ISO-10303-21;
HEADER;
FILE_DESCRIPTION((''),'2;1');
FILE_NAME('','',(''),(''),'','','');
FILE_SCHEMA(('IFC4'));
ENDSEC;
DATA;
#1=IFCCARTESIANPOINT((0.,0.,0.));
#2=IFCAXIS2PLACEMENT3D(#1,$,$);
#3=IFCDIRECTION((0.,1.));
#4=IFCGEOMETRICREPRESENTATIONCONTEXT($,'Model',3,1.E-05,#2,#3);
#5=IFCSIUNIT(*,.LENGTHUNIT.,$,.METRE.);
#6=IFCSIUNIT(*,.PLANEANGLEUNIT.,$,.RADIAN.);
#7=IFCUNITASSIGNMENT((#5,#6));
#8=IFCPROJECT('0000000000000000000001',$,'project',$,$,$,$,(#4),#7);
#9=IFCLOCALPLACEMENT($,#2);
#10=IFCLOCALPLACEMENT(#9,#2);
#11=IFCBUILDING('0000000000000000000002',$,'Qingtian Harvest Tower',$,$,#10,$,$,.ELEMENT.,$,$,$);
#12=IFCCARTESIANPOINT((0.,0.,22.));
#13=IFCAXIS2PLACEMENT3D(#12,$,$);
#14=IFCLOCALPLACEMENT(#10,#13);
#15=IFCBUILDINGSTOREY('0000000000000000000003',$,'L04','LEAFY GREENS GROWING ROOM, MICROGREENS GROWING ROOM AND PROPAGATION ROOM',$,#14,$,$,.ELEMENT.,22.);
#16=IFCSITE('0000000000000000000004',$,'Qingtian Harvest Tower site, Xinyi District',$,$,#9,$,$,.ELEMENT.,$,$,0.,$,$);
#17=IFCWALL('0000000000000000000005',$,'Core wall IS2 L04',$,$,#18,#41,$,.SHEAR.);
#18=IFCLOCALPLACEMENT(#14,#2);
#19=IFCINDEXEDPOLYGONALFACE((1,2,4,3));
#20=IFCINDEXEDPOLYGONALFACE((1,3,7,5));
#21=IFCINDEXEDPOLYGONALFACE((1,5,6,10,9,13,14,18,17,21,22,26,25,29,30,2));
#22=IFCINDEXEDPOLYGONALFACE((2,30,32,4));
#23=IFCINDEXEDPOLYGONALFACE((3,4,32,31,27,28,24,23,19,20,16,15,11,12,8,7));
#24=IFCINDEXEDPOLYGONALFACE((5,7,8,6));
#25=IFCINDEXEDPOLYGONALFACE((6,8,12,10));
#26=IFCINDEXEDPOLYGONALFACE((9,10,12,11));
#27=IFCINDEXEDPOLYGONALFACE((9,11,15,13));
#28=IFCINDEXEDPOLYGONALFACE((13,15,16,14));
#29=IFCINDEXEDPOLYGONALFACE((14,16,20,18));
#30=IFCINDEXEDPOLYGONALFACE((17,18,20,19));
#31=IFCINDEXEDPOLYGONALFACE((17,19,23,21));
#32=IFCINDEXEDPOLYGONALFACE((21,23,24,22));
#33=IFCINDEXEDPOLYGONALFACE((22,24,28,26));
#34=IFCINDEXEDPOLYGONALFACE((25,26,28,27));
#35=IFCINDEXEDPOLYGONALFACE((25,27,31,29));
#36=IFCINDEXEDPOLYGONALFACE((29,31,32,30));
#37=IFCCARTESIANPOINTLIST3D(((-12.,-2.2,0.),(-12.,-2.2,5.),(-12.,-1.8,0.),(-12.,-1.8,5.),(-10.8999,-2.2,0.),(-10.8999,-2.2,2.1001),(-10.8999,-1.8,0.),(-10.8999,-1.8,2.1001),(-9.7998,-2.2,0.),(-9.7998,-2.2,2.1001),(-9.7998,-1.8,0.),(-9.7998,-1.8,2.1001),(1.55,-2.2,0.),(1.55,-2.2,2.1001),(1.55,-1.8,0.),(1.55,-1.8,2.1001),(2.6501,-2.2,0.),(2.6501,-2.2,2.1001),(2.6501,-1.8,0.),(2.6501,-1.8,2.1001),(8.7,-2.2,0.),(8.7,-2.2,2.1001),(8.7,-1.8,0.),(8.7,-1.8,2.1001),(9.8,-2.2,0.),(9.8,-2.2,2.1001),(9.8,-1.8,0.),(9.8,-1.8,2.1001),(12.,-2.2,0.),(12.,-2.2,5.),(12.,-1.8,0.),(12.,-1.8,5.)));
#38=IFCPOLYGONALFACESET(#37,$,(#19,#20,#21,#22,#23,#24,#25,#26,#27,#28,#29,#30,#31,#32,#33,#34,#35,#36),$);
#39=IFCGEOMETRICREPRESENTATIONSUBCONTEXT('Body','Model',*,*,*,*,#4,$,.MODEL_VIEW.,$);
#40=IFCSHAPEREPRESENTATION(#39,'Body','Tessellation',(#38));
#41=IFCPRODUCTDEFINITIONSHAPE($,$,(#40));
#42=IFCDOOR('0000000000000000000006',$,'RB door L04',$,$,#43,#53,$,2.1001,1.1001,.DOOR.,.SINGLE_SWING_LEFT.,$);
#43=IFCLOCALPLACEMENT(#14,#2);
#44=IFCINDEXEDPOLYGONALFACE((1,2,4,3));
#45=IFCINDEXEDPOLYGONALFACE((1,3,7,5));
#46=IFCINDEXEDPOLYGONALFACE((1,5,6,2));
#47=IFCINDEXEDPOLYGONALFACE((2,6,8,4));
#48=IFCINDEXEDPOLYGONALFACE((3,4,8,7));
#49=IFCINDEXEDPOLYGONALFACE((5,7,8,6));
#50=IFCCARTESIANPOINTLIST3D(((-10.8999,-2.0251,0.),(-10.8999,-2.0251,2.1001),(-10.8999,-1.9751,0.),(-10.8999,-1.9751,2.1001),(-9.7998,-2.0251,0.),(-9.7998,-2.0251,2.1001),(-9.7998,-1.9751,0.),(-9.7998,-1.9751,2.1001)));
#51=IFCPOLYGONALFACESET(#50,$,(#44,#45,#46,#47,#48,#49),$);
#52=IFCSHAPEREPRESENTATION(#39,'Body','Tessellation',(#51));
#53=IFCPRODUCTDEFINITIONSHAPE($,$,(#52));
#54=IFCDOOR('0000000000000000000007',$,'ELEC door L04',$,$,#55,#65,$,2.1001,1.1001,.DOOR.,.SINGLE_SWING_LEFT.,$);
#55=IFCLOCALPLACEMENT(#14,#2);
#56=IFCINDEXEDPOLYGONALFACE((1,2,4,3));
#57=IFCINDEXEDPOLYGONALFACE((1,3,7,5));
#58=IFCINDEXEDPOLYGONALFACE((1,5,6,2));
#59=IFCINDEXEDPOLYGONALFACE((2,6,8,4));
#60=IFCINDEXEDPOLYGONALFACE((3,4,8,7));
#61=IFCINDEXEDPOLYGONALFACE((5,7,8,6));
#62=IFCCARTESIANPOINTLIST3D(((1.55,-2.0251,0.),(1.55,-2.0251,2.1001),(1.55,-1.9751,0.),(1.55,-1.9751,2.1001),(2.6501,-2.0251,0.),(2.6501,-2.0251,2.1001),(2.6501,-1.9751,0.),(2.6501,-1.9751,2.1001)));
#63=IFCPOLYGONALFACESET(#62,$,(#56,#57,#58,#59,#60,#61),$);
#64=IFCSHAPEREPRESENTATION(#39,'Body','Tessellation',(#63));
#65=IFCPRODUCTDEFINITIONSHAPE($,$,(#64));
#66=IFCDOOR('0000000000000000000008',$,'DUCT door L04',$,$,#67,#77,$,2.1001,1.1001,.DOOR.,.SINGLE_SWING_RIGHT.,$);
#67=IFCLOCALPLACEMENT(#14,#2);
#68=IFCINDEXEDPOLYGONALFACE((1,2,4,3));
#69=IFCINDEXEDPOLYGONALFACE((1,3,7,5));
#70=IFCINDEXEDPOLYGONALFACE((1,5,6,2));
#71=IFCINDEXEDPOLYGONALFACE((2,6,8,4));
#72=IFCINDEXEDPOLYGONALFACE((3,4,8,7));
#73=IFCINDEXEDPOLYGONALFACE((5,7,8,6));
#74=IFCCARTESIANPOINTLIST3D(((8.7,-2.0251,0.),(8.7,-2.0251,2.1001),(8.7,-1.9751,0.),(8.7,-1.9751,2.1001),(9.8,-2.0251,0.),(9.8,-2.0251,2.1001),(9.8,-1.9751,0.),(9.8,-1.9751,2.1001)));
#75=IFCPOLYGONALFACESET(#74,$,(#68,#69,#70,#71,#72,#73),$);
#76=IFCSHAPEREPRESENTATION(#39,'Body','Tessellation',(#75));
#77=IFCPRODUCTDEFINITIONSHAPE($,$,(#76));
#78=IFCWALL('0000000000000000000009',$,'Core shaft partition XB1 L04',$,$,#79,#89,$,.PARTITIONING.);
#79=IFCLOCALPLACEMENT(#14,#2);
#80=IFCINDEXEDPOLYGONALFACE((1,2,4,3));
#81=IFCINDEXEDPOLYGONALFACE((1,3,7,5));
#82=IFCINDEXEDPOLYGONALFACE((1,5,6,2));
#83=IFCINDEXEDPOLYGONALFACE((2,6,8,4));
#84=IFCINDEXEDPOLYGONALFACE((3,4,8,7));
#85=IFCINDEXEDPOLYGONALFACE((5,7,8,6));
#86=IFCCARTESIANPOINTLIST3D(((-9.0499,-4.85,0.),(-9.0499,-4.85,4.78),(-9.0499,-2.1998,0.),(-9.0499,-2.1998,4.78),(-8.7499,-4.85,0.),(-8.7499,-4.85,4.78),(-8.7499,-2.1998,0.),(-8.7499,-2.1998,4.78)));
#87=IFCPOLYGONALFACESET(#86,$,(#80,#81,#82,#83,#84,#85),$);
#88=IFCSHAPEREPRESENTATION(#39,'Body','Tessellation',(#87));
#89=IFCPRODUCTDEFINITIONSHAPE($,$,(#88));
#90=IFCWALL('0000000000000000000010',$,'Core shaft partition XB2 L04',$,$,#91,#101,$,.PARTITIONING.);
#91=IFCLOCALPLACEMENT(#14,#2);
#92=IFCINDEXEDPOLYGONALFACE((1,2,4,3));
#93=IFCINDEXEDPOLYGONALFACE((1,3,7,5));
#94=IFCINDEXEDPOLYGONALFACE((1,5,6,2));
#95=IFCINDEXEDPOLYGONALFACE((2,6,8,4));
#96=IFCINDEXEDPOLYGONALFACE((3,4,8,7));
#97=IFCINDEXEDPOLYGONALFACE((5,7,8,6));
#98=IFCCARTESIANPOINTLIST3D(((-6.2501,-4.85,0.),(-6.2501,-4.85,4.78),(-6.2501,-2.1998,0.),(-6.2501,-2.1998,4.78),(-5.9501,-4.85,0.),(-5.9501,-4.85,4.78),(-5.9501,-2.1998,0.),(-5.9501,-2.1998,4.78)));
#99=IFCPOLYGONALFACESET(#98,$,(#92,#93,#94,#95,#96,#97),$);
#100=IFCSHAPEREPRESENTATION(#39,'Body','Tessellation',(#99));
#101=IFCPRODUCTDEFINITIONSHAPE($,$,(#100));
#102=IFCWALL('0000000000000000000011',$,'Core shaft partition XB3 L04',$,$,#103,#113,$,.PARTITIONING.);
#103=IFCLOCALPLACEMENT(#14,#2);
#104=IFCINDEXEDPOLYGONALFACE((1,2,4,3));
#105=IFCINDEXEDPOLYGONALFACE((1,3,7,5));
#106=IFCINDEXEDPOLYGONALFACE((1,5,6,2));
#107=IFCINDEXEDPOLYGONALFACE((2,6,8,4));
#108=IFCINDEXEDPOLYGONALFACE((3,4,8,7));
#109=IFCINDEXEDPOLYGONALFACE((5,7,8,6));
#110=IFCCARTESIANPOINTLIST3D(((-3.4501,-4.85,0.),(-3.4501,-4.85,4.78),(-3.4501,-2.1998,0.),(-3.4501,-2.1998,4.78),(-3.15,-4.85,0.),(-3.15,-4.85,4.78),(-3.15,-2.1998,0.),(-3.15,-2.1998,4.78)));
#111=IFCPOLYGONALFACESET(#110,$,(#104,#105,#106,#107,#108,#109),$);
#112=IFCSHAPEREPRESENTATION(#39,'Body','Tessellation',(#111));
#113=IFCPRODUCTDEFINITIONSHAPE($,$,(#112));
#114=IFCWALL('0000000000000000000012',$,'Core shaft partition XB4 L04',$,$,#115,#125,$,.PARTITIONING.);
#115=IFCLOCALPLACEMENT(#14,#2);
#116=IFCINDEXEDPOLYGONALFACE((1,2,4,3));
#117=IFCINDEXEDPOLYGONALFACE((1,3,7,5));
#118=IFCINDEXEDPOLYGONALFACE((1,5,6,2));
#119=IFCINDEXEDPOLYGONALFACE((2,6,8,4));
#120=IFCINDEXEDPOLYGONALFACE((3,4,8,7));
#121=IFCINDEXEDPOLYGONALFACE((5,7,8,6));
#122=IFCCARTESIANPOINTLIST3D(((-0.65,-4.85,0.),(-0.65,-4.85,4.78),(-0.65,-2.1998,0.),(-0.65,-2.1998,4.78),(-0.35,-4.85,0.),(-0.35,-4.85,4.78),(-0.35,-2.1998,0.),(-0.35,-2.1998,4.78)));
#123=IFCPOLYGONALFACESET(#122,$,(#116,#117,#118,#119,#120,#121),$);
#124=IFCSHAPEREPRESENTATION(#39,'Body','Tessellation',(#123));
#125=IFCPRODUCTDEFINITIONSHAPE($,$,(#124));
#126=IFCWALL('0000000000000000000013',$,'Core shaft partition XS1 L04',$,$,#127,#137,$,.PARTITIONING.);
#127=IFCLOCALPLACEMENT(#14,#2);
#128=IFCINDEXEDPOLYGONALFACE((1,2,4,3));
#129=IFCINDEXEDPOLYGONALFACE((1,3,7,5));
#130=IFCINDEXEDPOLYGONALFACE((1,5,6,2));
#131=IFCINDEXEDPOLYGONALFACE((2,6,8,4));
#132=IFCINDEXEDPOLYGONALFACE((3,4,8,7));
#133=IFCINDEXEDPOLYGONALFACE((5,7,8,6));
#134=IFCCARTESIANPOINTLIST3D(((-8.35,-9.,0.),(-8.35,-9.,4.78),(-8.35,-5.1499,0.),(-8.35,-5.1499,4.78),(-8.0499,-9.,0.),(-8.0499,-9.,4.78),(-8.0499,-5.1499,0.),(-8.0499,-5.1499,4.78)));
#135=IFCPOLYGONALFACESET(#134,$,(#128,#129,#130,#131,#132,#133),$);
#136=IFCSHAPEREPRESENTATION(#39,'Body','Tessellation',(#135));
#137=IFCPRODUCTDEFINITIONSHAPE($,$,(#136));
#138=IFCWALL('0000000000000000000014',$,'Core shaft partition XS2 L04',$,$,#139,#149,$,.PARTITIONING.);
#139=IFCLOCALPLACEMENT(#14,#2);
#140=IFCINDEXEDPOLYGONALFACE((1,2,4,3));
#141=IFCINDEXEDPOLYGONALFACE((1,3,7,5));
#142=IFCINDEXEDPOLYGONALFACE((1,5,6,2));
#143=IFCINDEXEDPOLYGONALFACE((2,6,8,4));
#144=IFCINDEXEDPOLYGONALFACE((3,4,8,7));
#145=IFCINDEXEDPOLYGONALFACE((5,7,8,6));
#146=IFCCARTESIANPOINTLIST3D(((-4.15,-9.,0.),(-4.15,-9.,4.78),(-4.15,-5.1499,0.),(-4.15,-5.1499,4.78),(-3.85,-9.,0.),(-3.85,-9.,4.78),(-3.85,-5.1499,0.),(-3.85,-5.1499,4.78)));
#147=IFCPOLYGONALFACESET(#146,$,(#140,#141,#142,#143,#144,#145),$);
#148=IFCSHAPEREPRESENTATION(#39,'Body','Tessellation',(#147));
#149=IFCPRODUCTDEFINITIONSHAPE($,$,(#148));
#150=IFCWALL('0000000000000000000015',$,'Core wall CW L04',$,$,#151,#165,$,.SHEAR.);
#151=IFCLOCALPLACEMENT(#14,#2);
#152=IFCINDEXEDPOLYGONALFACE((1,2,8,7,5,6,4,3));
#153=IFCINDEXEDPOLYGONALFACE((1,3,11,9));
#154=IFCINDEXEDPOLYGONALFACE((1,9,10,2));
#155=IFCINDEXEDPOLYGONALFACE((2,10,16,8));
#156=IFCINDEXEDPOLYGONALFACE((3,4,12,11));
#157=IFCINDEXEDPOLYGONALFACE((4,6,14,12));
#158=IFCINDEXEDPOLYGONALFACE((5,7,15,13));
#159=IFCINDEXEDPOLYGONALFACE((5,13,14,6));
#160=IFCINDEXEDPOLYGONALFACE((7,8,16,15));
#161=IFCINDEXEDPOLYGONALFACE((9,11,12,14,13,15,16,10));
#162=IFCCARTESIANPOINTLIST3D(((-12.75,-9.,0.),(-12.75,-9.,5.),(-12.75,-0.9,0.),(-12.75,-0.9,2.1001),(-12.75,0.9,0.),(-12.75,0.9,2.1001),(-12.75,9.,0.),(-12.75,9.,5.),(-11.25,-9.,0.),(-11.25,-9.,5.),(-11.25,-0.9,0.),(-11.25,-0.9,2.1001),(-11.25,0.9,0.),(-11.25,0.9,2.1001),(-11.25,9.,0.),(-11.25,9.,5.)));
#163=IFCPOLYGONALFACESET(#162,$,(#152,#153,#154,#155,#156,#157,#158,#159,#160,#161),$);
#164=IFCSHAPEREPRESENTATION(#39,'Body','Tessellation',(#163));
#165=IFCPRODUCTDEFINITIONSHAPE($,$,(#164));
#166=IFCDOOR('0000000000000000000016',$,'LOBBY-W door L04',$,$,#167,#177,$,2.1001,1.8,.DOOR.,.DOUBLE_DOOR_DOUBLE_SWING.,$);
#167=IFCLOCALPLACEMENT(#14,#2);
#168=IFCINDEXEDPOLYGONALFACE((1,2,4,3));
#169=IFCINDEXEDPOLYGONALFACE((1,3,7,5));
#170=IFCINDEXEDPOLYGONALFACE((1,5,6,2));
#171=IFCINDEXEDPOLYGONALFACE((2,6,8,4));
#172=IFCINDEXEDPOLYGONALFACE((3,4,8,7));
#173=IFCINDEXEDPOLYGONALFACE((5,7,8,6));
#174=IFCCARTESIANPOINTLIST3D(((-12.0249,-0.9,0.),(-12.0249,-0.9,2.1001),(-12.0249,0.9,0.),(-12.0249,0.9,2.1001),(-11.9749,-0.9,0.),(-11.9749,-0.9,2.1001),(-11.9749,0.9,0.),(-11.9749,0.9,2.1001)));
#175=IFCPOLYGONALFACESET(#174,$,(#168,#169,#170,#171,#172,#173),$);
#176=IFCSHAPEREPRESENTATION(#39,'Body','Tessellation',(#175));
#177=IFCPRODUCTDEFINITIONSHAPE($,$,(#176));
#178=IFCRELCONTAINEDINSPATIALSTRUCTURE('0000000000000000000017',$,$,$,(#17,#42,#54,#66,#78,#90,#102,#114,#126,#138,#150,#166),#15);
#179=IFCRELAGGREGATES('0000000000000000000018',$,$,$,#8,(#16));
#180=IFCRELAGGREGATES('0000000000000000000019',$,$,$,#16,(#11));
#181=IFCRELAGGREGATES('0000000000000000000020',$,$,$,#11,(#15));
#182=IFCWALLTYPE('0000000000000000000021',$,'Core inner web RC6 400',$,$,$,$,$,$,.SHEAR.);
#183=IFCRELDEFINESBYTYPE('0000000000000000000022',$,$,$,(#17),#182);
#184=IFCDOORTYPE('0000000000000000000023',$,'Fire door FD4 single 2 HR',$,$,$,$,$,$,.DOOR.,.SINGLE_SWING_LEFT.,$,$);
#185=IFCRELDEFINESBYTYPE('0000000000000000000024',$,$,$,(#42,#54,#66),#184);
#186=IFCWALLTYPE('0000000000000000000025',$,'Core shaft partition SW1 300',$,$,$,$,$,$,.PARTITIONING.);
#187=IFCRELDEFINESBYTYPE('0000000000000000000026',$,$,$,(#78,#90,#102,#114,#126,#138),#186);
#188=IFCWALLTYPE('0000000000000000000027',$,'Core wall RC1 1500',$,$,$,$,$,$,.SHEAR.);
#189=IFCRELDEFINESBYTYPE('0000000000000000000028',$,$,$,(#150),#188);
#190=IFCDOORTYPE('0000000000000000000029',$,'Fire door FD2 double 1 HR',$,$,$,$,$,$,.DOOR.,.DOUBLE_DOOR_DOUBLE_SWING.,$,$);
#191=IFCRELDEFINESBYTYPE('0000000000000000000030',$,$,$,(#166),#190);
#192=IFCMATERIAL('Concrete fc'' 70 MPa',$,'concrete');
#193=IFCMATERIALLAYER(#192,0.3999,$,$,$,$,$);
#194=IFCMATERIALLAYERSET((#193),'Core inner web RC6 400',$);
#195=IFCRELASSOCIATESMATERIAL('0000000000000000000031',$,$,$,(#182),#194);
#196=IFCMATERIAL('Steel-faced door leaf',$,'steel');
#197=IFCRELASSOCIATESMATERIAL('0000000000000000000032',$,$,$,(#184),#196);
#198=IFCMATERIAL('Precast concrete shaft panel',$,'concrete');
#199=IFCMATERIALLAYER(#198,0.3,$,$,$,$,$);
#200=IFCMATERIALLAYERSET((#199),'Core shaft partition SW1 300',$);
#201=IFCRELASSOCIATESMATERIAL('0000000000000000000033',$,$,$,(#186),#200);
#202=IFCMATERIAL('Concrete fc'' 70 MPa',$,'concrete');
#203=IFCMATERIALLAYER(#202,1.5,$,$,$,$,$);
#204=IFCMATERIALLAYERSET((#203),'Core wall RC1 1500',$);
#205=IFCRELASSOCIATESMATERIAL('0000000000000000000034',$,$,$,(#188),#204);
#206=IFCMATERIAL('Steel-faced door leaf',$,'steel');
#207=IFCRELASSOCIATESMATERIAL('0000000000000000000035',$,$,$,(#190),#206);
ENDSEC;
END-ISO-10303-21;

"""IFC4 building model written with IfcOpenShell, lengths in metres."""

from ifc_helpers import new_model, si_unit, direction, frame, frame_2d, origin, place, context, subcontext, project, spatial, rectangle, extrude, material, layer, layer_set, type_object, element, fill, save


model = new_model("IFC4")

# Units and contexts
model_context = context("Model", 3, precision=1e-05, world=origin(), true_north=direction((0.0, 1.0)))
body_context = subcontext(model_context, "Body", "Model", "MODEL_VIEW")
ifc_project = project(units=[si_unit("LENGTHUNIT", "METRE"), si_unit("PLANEANGLEUNIT", "RADIAN")], contexts=[model_context])

# Site, building, storey
site_placement = place(None, origin())
site = spatial("IfcSite", under=ifc_project, at=site_placement, Name="Qingtian Harvest Tower site, Xinyi District", CompositionType="ELEMENT", RefElevation=0.0)
building_placement = place(site_placement, origin())
building = spatial("IfcBuilding", under=site, at=building_placement, Name="Qingtian Harvest Tower", CompositionType="ELEMENT")
storey_placement = place(building_placement, frame((0.0, 0.0, 22.0)))
storey = spatial("IfcBuildingStorey", under=building, at=storey_placement, Name="L04", Description="LEAFY GREENS GROWING ROOM, MICROGREENS GROWING ROOM AND PROPAGATION ROOM", CompositionType="ELEMENT", Elevation=22.0)

# Wall, openings, doors
ifc_material_1 = material(Name="Concrete fc' 70 MPa", Category="concrete")
ifc_layer_1 = layer(ifc_material_1, 0.3999)
ifc_layer_set_1 = layer_set([ifc_layer_1], Name="Core inner web RC6 400")
wall_type_1 = type_object("IfcWallType", Name="Core inner web RC6 400", PredefinedType="SHEAR", material=ifc_layer_set_1)
wall_1_placement = place(storey_placement, frame((-12.0, -2.0, 0.0), z_axis=(0.0, 0.0, 1.0), x_axis=(1.0, 0.0, 0.0)))
wall_1 = element("IfcWall", 1, at=wall_1_placement, inside=storey, type_object=wall_type_1, Name="Core wall IS2 L04", PredefinedType="SHEAR", context=body_context, shape_type="SweptSolid", body=[
    extrude(rectangle(XDim=24.0, YDim=0.3999, at=frame_2d((12.0, 0.0))), origin(), (0.0, 0.0, 1.0), 5.0),
])
opening_1_placement = place(wall_1_placement, frame((1.1001, 0.0, 0.0)))
opening_1 = element("IfcOpeningElement", 2, at=opening_1_placement, cuts=wall_1, PredefinedType="OPENING", context=body_context, shape_type="SweptSolid", body=[
    extrude(rectangle(XDim=1.1001, YDim=2.1001, at=frame_2d((0.55, 1.05))), frame((0.0, 0.21, 0.0), z_axis=(0.0, -1.0, 0.0), x_axis=(1.0, 0.0, 0.0)), (0.0, 0.0, 1.0), 0.4199),
])
opening_2_placement = place(wall_1_placement, frame((13.55, 0.0, 0.0)))
opening_2 = element("IfcOpeningElement", 3, at=opening_2_placement, cuts=wall_1, PredefinedType="OPENING", context=body_context, shape_type="SweptSolid", body=[
    extrude(rectangle(XDim=1.1001, YDim=2.1001, at=frame_2d((0.55, 1.05))), frame((0.0, 0.21, 0.0), z_axis=(0.0, -1.0, 0.0), x_axis=(1.0, 0.0, 0.0)), (0.0, 0.0, 1.0), 0.4199),
])
opening_3_placement = place(wall_1_placement, frame((20.7, 0.0, 0.0)))
opening_3 = element("IfcOpeningElement", 4, at=opening_3_placement, cuts=wall_1, PredefinedType="OPENING", context=body_context, shape_type="SweptSolid", body=[
    extrude(rectangle(XDim=1.1001, YDim=2.1001, at=frame_2d((0.55, 1.05))), frame((0.0, 0.21, 0.0), z_axis=(0.0, -1.0, 0.0), x_axis=(1.0, 0.0, 0.0)), (0.0, 0.0, 1.0), 0.4199),
])
ifc_material_2 = material(Name="Steel-faced door leaf", Category="steel")
door_type_1 = type_object("IfcDoorType", Name="Fire door FD4 single 2 HR", OperationType="SINGLE_SWING_LEFT", PredefinedType="DOOR", material=ifc_material_2)
door_1_placement = place(opening_1_placement, origin())
door_1 = element("IfcDoor", 5, at=door_1_placement, inside=storey, type_object=door_type_1, Name="RB door L04", OperationType="SINGLE_SWING_LEFT", OverallHeight=2.1001, OverallWidth=1.1001, PredefinedType="DOOR", context=body_context, shape_type="SweptSolid", body=[
    extrude(rectangle(XDim=1.1001, YDim=2.1001, at=frame_2d((0.55, 1.05))), frame((0.0, 0.0249, 0.0), z_axis=(0.0, -1.0, 0.0), x_axis=(1.0, 0.0, 0.0)), (0.0, 0.0, 1.0), 0.05),
])
fill(opening_1, door_1)
door_2_placement = place(opening_2_placement, origin())
door_2 = element("IfcDoor", 6, at=door_2_placement, inside=storey, type_object=door_type_1, Name="ELEC door L04", OperationType="SINGLE_SWING_LEFT", OverallHeight=2.1001, OverallWidth=1.1001, PredefinedType="DOOR", context=body_context, shape_type="SweptSolid", body=[
    extrude(rectangle(XDim=1.1001, YDim=2.1001, at=frame_2d((0.55, 1.05))), frame((0.0, 0.0249, 0.0), z_axis=(0.0, -1.0, 0.0), x_axis=(1.0, 0.0, 0.0)), (0.0, 0.0, 1.0), 0.05),
])
fill(opening_2, door_2)
door_3_placement = place(opening_3_placement, origin())
door_3 = element("IfcDoor", 7, at=door_3_placement, inside=storey, type_object=door_type_1, Name="DUCT door L04", OperationType="SINGLE_SWING_RIGHT", OverallHeight=2.1001, OverallWidth=1.1001, PredefinedType="DOOR", context=body_context, shape_type="SweptSolid", body=[
    extrude(rectangle(XDim=1.1001, YDim=2.1001, at=frame_2d((0.55, 1.05))), frame((0.0, 0.0249, 0.0), z_axis=(0.0, -1.0, 0.0), x_axis=(1.0, 0.0, 0.0)), (0.0, 0.0, 1.0), 0.05),
])
fill(opening_3, door_3)

# Walls
ifc_material_3 = material(Name="Precast concrete shaft panel", Category="concrete")
ifc_layer_2 = layer(ifc_material_3, 0.3)
ifc_layer_set_2 = layer_set([ifc_layer_2], Name="Core shaft partition SW1 300")
wall_type_2 = type_object("IfcWallType", Name="Core shaft partition SW1 300", PredefinedType="PARTITIONING", material=ifc_layer_set_2)
for number, where, z_axis, x_axis, name in (
    (8, (-8.8999, -4.8501, 0.0), (0.0, 0.0, 1.0), (0.0, 1.0, 0.0), "Core shaft partition XB1 L04"),
    (9, (-6.1001, -4.8501, 0.0), (0.0, 0.0, 1.0), (0.0, 1.0, 0.0), "Core shaft partition XB2 L04"),
    (10, (-3.3, -4.8501, 0.0), (0.0, 0.0, 1.0), (0.0, 1.0, 0.0), "Core shaft partition XB3 L04"),
    (11, (-0.5, -4.8501, 0.0), (0.0, 0.0, 1.0), (0.0, 1.0, 0.0), "Core shaft partition XB4 L04"),
):
    element("IfcWall", number, at=place(storey_placement, frame(where, z_axis=z_axis, x_axis=x_axis)), inside=storey, type_object=wall_type_2, Name=name, PredefinedType="PARTITIONING", context=body_context, shape_type="SweptSolid", body=[
        extrude(rectangle(XDim=2.6501, YDim=0.3, at=frame_2d((1.3252, 0.0))), origin(), (0.0, 0.0, 1.0), 4.78),
    ])
for number, where, z_axis, x_axis, name in (
    (12, (-8.2, -9.0, 0.0), (0.0, 0.0, 1.0), (0.0, 1.0, 0.0), "Core shaft partition XS1 L04"),
    (13, (-4.0, -9.0, 0.0), (0.0, 0.0, 1.0), (0.0, 1.0, 0.0), "Core shaft partition XS2 L04"),
):
    element("IfcWall", number, at=place(storey_placement, frame(where, z_axis=z_axis, x_axis=x_axis)), inside=storey, type_object=wall_type_2, Name=name, PredefinedType="PARTITIONING", context=body_context, shape_type="SweptSolid", body=[
        extrude(rectangle(XDim=3.8501, YDim=0.3, at=frame_2d((1.925, 0.0))), origin(), (0.0, 0.0, 1.0), 4.78),
    ])

# Wall, opening, door
ifc_material_4 = material(Name="Concrete fc' 70 MPa", Category="concrete")
ifc_layer_3 = layer(ifc_material_4, 1.5)
ifc_layer_set_3 = layer_set([ifc_layer_3], Name="Core wall RC1 1500")
wall_type_3 = type_object("IfcWallType", Name="Core wall RC1 1500", PredefinedType="SHEAR", material=ifc_layer_set_3)
wall_2_placement = place(storey_placement, frame((-12.0, -9.0, 0.0), z_axis=(0.0, 0.0, 1.0), x_axis=(0.0, 1.0, 0.0)))
wall_2 = element("IfcWall", 14, at=wall_2_placement, inside=storey, type_object=wall_type_3, Name="Core wall CW L04", PredefinedType="SHEAR", context=body_context, shape_type="SweptSolid", body=[
    extrude(rectangle(XDim=18.0, YDim=1.5, at=frame_2d((9.0, 0.0))), origin(), (0.0, 0.0, 1.0), 5.0),
])
opening_4_placement = place(wall_2_placement, frame((8.1001, 0.0, 0.0)))
opening_4 = element("IfcOpeningElement", 15, at=opening_4_placement, cuts=wall_2, PredefinedType="OPENING", context=body_context, shape_type="SweptSolid", body=[
    extrude(rectangle(XDim=1.8, YDim=2.1001, at=frame_2d((0.8999, 1.05))), frame((0.0, 0.76, 0.0), z_axis=(0.0, -1.0, 0.0), x_axis=(1.0, 0.0, 0.0)), (0.0, 0.0, 1.0), 1.52),
])
ifc_material_5 = material(Name="Steel-faced door leaf", Category="steel")
door_type_2 = type_object("IfcDoorType", Name="Fire door FD2 double 1 HR", OperationType="DOUBLE_DOOR_DOUBLE_SWING", PredefinedType="DOOR", material=ifc_material_5)
door_4_placement = place(opening_4_placement, origin())
door_4 = element("IfcDoor", 16, at=door_4_placement, inside=storey, type_object=door_type_2, Name="LOBBY-W door L04", OperationType="DOUBLE_DOOR_DOUBLE_SWING", OverallHeight=2.1001, OverallWidth=1.8, PredefinedType="DOOR", context=body_context, shape_type="SweptSolid", body=[
    extrude(rectangle(XDim=1.8, YDim=2.1001, at=frame_2d((0.8999, 1.05))), frame((0.0, 0.0249, 0.0), z_axis=(0.0, -1.0, 0.0), x_axis=(1.0, 0.0, 0.0)), (0.0, 0.0, 1.0), 0.05),
])
fill(opening_4, door_4)

save(model, "model.ifc")
